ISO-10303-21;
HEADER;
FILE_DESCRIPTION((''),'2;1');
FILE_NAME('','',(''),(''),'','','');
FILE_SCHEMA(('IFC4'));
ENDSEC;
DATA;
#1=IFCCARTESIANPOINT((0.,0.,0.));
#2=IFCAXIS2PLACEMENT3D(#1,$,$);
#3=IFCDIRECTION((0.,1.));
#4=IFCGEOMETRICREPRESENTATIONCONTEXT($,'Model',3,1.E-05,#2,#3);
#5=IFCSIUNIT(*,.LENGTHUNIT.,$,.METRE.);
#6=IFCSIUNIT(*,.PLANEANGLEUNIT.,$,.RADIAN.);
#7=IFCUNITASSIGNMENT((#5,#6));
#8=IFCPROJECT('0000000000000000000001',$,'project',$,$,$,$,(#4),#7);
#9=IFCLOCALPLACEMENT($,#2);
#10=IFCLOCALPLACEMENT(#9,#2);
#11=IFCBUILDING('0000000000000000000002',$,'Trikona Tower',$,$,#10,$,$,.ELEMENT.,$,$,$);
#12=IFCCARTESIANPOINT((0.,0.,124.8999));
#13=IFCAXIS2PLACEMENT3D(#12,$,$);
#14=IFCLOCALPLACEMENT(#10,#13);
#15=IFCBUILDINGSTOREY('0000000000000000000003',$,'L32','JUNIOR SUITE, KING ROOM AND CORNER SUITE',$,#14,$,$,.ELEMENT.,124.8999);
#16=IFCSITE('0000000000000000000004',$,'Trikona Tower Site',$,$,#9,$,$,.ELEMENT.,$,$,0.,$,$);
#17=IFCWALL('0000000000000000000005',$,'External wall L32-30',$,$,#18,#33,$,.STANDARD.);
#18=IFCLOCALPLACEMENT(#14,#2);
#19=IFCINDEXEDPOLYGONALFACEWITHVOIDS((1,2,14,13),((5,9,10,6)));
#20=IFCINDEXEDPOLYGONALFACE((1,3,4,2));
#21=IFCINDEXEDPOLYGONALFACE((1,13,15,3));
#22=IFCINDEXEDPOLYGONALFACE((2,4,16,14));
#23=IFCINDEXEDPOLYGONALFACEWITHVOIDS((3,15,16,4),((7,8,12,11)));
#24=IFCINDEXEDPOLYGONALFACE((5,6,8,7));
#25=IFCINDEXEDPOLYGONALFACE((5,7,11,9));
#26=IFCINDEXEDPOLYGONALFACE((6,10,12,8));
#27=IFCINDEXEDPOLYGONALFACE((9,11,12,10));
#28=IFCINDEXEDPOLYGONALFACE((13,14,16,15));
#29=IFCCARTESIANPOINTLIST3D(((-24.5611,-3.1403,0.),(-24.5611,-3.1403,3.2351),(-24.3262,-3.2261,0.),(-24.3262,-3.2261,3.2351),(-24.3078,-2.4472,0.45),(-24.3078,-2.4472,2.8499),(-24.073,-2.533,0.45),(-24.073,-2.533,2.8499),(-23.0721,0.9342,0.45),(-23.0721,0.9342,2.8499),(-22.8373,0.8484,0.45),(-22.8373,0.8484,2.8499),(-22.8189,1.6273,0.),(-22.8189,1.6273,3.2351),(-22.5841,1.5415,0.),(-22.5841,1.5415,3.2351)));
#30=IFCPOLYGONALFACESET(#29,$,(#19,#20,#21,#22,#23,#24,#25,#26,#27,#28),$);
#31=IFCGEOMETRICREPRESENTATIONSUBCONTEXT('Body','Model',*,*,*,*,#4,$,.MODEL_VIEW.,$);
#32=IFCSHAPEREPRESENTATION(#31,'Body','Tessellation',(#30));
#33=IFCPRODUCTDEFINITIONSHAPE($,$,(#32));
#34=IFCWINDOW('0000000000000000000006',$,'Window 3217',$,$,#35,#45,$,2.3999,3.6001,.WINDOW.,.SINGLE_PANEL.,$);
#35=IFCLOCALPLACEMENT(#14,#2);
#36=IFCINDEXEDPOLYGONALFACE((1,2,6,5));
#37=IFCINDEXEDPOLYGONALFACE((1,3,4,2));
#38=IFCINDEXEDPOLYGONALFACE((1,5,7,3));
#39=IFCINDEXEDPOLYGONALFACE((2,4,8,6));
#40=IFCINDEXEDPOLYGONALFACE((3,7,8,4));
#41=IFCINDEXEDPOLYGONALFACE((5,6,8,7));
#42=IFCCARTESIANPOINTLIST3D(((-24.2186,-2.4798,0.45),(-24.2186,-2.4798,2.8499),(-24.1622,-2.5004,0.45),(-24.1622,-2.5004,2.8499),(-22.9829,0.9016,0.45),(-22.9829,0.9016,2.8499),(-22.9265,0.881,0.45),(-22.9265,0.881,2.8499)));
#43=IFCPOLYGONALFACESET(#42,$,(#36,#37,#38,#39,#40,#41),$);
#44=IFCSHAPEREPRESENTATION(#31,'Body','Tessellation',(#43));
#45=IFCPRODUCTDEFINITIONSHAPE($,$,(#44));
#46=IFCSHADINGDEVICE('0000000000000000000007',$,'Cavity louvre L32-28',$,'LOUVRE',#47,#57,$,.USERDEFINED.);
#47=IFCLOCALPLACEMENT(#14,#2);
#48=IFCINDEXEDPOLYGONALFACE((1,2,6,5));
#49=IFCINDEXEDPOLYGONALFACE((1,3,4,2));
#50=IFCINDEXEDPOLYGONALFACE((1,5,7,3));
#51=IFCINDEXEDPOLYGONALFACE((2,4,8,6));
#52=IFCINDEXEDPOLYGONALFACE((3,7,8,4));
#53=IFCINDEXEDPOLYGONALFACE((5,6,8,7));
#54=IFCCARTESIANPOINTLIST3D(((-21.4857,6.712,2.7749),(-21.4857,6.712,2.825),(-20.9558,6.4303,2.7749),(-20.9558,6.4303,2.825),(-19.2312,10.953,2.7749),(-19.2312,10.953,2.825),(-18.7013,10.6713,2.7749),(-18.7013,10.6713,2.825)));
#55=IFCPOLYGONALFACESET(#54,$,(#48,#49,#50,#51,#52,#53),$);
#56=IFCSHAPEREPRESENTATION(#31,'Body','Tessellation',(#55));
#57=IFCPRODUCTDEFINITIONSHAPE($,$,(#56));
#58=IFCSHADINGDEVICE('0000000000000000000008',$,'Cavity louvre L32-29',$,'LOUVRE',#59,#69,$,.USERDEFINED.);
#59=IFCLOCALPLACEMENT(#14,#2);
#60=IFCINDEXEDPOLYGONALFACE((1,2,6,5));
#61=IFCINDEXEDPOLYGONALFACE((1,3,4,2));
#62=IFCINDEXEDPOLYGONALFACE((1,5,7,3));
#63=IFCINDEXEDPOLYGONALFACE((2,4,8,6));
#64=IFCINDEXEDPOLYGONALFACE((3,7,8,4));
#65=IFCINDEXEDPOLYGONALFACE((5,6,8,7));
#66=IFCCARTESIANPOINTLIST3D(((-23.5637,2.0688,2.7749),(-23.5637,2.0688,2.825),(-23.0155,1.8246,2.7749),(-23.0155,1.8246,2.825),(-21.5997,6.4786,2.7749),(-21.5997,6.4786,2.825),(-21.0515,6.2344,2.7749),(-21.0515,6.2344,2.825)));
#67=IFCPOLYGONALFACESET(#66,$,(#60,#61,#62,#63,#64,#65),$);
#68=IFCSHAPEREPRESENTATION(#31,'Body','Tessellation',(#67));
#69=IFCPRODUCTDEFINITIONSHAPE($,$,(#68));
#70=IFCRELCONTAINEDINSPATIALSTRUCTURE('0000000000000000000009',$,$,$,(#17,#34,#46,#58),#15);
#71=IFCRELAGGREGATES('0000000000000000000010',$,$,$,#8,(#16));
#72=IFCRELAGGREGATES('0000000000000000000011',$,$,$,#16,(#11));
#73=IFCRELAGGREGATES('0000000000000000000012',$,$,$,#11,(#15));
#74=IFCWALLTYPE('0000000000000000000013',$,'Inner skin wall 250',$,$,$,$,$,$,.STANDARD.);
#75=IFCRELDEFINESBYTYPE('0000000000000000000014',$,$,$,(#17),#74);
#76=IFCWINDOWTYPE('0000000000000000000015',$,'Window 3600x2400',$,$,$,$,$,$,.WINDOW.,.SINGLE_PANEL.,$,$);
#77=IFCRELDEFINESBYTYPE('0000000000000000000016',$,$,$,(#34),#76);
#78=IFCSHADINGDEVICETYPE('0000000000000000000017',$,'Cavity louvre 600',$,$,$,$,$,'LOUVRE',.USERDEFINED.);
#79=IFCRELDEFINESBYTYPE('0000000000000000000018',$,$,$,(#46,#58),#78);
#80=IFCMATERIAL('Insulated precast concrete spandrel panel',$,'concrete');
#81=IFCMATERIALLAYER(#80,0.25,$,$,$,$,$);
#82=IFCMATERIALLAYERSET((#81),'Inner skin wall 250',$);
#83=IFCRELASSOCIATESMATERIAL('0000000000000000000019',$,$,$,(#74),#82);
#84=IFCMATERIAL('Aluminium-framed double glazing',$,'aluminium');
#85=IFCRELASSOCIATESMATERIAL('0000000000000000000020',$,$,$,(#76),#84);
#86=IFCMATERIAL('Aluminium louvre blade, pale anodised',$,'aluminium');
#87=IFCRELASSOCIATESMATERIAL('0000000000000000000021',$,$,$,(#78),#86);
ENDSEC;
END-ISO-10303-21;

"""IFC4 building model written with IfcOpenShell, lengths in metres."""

from ifc_helpers import new_model, si_unit, direction, frame, frame_2d, origin, origin_2d, place, context, subcontext, project, spatial, rectangle, extrude, material, layer, layer_set, type_object, element, fill, save


model = new_model("IFC4")

# Units and contexts
model_context = context("Model", 3, precision=1e-05, world=origin(), true_north=direction((0.0, 1.0)))
body_context = subcontext(model_context, "Body", "Model", "MODEL_VIEW")
ifc_project = project(units=[si_unit("LENGTHUNIT", "METRE"), si_unit("PLANEANGLEUNIT", "RADIAN")], contexts=[model_context])

# Site, building, storey
site_placement = place(None, origin())
site = spatial("IfcSite", under=ifc_project, at=site_placement, Name="Trikona Tower Site", CompositionType="ELEMENT", RefElevation=0.0)
building_placement = place(site_placement, origin())
building = spatial("IfcBuilding", under=site, at=building_placement, Name="Trikona Tower", CompositionType="ELEMENT")
storey_placement = place(building_placement, frame((0.0, 0.0, 124.8999)))
storey = spatial("IfcBuildingStorey", under=building, at=storey_placement, Name="L32", Description="JUNIOR SUITE, KING ROOM AND CORNER SUITE", CompositionType="ELEMENT", Elevation=124.8999)

# Wall, opening, window
ifc_material_1 = material(Name="Insulated precast concrete spandrel panel", Category="concrete")
ifc_layer_1 = layer(ifc_material_1, 0.25)
ifc_layer_set_1 = layer_set([ifc_layer_1], Name="Inner skin wall 250")
wall_type = type_object("IfcWallType", Name="Inner skin wall 250", PredefinedType="STANDARD", material=ifc_layer_set_1)
ifc_material_2 = material(Name="Aluminium-framed double glazing", Category="aluminium")
window_type = type_object("IfcWindowType", Name="Window 3600x2400", PartitioningType="SINGLE_PANEL", PredefinedType="WINDOW", material=ifc_material_2)
wall_1_placement = place(storey_placement, frame((-22.7014, 1.5845, 0.0), z_axis=(0.0, 0.0, 1.0), x_axis=(-0.343226, -0.939253, 0.0)))
wall_1 = element("IfcWall", 1, at=wall_1_placement, inside=storey, type_object=wall_type, Name="External wall L32-30", PredefinedType="STANDARD", context=body_context, shape_type="SweptSolid", body=[
    extrude(rectangle(XDim=5.0759, YDim=0.25, at=frame_2d((2.5381, 0.0))), origin(), (0.0, 0.0, 1.0), 3.2351),
])
opening_1_placement = place(wall_1_placement, frame((0.738, 0.0, 0.45)))
opening_1 = element("IfcOpeningElement", 2, at=opening_1_placement, cuts=wall_1, PredefinedType="OPENING", context=body_context, shape_type="SweptSolid", body=[
    extrude(rectangle(XDim=3.6001, YDim=2.3999, at=frame_2d((1.8, 1.2))), frame((0.0, 0.135, 0.0), z_axis=(0.0, -1.0, 0.0), x_axis=(1.0, 0.0, 0.0)), (0.0, 0.0, 1.0), 0.27),
])
window_1_placement = place(opening_1_placement, origin())
window_1 = element("IfcWindow", 3, at=window_1_placement, inside=storey, type_object=window_type, Name="Window 3217", OverallHeight=2.3999, OverallWidth=3.6001, PartitioningType="SINGLE_PANEL", PredefinedType="WINDOW", context=body_context, shape_type="SweptSolid", body=[
    extrude(rectangle(XDim=3.6001, YDim=2.3999, at=frame_2d((1.8, 1.2))), frame((0.0, 0.03, 0.0), z_axis=(0.0, -1.0, 0.0), x_axis=(1.0, 0.0, 0.0)), (0.0, 0.0, 1.0), 0.0601),
])
fill(opening_1, window_1)

# Shading devices
ifc_material_3 = material(Name="Aluminium louvre blade, pale anodised", Category="aluminium")
shading_device_type = type_object("IfcShadingDeviceType", Name="Cavity louvre 600", ElementType="LOUVRE", PredefinedType="USERDEFINED", material=ifc_material_3)
shading_device_1_placement = place(storey_placement, frame((-20.0935, 8.6917, 2.7749), z_axis=(0.0, 0.0, 1.0), x_axis=(-0.469398, -0.882987, 0.0)))
element("IfcShadingDevice", 4, at=shading_device_1_placement, inside=storey, type_object=shading_device_type, Name="Cavity louvre L32-28", ObjectType="LOUVRE", PredefinedType="USERDEFINED", context=body_context, shape_type="SweptSolid", body=[
    extrude(rectangle(XDim=4.803, YDim=0.6001, at=origin_2d()), origin(), (0.0, 0.0, 1.0), 0.05),
])
shading_device_2_placement = place(storey_placement, frame((-22.3076, 4.1516, 2.7749), z_axis=(0.0, 0.0, 1.0), x_axis=(-0.406843, -0.913498, 0.0)))
element("IfcShadingDevice", 5, at=shading_device_2_placement, inside=storey, type_object=shading_device_type, Name="Cavity louvre L32-29", ObjectType="LOUVRE", PredefinedType="USERDEFINED", context=body_context, shape_type="SweptSolid", body=[
    extrude(rectangle(XDim=4.8274, YDim=0.6001, at=origin_2d()), origin(), (0.0, 0.0, 1.0), 0.05),
])

save(model, "model.ifc")
